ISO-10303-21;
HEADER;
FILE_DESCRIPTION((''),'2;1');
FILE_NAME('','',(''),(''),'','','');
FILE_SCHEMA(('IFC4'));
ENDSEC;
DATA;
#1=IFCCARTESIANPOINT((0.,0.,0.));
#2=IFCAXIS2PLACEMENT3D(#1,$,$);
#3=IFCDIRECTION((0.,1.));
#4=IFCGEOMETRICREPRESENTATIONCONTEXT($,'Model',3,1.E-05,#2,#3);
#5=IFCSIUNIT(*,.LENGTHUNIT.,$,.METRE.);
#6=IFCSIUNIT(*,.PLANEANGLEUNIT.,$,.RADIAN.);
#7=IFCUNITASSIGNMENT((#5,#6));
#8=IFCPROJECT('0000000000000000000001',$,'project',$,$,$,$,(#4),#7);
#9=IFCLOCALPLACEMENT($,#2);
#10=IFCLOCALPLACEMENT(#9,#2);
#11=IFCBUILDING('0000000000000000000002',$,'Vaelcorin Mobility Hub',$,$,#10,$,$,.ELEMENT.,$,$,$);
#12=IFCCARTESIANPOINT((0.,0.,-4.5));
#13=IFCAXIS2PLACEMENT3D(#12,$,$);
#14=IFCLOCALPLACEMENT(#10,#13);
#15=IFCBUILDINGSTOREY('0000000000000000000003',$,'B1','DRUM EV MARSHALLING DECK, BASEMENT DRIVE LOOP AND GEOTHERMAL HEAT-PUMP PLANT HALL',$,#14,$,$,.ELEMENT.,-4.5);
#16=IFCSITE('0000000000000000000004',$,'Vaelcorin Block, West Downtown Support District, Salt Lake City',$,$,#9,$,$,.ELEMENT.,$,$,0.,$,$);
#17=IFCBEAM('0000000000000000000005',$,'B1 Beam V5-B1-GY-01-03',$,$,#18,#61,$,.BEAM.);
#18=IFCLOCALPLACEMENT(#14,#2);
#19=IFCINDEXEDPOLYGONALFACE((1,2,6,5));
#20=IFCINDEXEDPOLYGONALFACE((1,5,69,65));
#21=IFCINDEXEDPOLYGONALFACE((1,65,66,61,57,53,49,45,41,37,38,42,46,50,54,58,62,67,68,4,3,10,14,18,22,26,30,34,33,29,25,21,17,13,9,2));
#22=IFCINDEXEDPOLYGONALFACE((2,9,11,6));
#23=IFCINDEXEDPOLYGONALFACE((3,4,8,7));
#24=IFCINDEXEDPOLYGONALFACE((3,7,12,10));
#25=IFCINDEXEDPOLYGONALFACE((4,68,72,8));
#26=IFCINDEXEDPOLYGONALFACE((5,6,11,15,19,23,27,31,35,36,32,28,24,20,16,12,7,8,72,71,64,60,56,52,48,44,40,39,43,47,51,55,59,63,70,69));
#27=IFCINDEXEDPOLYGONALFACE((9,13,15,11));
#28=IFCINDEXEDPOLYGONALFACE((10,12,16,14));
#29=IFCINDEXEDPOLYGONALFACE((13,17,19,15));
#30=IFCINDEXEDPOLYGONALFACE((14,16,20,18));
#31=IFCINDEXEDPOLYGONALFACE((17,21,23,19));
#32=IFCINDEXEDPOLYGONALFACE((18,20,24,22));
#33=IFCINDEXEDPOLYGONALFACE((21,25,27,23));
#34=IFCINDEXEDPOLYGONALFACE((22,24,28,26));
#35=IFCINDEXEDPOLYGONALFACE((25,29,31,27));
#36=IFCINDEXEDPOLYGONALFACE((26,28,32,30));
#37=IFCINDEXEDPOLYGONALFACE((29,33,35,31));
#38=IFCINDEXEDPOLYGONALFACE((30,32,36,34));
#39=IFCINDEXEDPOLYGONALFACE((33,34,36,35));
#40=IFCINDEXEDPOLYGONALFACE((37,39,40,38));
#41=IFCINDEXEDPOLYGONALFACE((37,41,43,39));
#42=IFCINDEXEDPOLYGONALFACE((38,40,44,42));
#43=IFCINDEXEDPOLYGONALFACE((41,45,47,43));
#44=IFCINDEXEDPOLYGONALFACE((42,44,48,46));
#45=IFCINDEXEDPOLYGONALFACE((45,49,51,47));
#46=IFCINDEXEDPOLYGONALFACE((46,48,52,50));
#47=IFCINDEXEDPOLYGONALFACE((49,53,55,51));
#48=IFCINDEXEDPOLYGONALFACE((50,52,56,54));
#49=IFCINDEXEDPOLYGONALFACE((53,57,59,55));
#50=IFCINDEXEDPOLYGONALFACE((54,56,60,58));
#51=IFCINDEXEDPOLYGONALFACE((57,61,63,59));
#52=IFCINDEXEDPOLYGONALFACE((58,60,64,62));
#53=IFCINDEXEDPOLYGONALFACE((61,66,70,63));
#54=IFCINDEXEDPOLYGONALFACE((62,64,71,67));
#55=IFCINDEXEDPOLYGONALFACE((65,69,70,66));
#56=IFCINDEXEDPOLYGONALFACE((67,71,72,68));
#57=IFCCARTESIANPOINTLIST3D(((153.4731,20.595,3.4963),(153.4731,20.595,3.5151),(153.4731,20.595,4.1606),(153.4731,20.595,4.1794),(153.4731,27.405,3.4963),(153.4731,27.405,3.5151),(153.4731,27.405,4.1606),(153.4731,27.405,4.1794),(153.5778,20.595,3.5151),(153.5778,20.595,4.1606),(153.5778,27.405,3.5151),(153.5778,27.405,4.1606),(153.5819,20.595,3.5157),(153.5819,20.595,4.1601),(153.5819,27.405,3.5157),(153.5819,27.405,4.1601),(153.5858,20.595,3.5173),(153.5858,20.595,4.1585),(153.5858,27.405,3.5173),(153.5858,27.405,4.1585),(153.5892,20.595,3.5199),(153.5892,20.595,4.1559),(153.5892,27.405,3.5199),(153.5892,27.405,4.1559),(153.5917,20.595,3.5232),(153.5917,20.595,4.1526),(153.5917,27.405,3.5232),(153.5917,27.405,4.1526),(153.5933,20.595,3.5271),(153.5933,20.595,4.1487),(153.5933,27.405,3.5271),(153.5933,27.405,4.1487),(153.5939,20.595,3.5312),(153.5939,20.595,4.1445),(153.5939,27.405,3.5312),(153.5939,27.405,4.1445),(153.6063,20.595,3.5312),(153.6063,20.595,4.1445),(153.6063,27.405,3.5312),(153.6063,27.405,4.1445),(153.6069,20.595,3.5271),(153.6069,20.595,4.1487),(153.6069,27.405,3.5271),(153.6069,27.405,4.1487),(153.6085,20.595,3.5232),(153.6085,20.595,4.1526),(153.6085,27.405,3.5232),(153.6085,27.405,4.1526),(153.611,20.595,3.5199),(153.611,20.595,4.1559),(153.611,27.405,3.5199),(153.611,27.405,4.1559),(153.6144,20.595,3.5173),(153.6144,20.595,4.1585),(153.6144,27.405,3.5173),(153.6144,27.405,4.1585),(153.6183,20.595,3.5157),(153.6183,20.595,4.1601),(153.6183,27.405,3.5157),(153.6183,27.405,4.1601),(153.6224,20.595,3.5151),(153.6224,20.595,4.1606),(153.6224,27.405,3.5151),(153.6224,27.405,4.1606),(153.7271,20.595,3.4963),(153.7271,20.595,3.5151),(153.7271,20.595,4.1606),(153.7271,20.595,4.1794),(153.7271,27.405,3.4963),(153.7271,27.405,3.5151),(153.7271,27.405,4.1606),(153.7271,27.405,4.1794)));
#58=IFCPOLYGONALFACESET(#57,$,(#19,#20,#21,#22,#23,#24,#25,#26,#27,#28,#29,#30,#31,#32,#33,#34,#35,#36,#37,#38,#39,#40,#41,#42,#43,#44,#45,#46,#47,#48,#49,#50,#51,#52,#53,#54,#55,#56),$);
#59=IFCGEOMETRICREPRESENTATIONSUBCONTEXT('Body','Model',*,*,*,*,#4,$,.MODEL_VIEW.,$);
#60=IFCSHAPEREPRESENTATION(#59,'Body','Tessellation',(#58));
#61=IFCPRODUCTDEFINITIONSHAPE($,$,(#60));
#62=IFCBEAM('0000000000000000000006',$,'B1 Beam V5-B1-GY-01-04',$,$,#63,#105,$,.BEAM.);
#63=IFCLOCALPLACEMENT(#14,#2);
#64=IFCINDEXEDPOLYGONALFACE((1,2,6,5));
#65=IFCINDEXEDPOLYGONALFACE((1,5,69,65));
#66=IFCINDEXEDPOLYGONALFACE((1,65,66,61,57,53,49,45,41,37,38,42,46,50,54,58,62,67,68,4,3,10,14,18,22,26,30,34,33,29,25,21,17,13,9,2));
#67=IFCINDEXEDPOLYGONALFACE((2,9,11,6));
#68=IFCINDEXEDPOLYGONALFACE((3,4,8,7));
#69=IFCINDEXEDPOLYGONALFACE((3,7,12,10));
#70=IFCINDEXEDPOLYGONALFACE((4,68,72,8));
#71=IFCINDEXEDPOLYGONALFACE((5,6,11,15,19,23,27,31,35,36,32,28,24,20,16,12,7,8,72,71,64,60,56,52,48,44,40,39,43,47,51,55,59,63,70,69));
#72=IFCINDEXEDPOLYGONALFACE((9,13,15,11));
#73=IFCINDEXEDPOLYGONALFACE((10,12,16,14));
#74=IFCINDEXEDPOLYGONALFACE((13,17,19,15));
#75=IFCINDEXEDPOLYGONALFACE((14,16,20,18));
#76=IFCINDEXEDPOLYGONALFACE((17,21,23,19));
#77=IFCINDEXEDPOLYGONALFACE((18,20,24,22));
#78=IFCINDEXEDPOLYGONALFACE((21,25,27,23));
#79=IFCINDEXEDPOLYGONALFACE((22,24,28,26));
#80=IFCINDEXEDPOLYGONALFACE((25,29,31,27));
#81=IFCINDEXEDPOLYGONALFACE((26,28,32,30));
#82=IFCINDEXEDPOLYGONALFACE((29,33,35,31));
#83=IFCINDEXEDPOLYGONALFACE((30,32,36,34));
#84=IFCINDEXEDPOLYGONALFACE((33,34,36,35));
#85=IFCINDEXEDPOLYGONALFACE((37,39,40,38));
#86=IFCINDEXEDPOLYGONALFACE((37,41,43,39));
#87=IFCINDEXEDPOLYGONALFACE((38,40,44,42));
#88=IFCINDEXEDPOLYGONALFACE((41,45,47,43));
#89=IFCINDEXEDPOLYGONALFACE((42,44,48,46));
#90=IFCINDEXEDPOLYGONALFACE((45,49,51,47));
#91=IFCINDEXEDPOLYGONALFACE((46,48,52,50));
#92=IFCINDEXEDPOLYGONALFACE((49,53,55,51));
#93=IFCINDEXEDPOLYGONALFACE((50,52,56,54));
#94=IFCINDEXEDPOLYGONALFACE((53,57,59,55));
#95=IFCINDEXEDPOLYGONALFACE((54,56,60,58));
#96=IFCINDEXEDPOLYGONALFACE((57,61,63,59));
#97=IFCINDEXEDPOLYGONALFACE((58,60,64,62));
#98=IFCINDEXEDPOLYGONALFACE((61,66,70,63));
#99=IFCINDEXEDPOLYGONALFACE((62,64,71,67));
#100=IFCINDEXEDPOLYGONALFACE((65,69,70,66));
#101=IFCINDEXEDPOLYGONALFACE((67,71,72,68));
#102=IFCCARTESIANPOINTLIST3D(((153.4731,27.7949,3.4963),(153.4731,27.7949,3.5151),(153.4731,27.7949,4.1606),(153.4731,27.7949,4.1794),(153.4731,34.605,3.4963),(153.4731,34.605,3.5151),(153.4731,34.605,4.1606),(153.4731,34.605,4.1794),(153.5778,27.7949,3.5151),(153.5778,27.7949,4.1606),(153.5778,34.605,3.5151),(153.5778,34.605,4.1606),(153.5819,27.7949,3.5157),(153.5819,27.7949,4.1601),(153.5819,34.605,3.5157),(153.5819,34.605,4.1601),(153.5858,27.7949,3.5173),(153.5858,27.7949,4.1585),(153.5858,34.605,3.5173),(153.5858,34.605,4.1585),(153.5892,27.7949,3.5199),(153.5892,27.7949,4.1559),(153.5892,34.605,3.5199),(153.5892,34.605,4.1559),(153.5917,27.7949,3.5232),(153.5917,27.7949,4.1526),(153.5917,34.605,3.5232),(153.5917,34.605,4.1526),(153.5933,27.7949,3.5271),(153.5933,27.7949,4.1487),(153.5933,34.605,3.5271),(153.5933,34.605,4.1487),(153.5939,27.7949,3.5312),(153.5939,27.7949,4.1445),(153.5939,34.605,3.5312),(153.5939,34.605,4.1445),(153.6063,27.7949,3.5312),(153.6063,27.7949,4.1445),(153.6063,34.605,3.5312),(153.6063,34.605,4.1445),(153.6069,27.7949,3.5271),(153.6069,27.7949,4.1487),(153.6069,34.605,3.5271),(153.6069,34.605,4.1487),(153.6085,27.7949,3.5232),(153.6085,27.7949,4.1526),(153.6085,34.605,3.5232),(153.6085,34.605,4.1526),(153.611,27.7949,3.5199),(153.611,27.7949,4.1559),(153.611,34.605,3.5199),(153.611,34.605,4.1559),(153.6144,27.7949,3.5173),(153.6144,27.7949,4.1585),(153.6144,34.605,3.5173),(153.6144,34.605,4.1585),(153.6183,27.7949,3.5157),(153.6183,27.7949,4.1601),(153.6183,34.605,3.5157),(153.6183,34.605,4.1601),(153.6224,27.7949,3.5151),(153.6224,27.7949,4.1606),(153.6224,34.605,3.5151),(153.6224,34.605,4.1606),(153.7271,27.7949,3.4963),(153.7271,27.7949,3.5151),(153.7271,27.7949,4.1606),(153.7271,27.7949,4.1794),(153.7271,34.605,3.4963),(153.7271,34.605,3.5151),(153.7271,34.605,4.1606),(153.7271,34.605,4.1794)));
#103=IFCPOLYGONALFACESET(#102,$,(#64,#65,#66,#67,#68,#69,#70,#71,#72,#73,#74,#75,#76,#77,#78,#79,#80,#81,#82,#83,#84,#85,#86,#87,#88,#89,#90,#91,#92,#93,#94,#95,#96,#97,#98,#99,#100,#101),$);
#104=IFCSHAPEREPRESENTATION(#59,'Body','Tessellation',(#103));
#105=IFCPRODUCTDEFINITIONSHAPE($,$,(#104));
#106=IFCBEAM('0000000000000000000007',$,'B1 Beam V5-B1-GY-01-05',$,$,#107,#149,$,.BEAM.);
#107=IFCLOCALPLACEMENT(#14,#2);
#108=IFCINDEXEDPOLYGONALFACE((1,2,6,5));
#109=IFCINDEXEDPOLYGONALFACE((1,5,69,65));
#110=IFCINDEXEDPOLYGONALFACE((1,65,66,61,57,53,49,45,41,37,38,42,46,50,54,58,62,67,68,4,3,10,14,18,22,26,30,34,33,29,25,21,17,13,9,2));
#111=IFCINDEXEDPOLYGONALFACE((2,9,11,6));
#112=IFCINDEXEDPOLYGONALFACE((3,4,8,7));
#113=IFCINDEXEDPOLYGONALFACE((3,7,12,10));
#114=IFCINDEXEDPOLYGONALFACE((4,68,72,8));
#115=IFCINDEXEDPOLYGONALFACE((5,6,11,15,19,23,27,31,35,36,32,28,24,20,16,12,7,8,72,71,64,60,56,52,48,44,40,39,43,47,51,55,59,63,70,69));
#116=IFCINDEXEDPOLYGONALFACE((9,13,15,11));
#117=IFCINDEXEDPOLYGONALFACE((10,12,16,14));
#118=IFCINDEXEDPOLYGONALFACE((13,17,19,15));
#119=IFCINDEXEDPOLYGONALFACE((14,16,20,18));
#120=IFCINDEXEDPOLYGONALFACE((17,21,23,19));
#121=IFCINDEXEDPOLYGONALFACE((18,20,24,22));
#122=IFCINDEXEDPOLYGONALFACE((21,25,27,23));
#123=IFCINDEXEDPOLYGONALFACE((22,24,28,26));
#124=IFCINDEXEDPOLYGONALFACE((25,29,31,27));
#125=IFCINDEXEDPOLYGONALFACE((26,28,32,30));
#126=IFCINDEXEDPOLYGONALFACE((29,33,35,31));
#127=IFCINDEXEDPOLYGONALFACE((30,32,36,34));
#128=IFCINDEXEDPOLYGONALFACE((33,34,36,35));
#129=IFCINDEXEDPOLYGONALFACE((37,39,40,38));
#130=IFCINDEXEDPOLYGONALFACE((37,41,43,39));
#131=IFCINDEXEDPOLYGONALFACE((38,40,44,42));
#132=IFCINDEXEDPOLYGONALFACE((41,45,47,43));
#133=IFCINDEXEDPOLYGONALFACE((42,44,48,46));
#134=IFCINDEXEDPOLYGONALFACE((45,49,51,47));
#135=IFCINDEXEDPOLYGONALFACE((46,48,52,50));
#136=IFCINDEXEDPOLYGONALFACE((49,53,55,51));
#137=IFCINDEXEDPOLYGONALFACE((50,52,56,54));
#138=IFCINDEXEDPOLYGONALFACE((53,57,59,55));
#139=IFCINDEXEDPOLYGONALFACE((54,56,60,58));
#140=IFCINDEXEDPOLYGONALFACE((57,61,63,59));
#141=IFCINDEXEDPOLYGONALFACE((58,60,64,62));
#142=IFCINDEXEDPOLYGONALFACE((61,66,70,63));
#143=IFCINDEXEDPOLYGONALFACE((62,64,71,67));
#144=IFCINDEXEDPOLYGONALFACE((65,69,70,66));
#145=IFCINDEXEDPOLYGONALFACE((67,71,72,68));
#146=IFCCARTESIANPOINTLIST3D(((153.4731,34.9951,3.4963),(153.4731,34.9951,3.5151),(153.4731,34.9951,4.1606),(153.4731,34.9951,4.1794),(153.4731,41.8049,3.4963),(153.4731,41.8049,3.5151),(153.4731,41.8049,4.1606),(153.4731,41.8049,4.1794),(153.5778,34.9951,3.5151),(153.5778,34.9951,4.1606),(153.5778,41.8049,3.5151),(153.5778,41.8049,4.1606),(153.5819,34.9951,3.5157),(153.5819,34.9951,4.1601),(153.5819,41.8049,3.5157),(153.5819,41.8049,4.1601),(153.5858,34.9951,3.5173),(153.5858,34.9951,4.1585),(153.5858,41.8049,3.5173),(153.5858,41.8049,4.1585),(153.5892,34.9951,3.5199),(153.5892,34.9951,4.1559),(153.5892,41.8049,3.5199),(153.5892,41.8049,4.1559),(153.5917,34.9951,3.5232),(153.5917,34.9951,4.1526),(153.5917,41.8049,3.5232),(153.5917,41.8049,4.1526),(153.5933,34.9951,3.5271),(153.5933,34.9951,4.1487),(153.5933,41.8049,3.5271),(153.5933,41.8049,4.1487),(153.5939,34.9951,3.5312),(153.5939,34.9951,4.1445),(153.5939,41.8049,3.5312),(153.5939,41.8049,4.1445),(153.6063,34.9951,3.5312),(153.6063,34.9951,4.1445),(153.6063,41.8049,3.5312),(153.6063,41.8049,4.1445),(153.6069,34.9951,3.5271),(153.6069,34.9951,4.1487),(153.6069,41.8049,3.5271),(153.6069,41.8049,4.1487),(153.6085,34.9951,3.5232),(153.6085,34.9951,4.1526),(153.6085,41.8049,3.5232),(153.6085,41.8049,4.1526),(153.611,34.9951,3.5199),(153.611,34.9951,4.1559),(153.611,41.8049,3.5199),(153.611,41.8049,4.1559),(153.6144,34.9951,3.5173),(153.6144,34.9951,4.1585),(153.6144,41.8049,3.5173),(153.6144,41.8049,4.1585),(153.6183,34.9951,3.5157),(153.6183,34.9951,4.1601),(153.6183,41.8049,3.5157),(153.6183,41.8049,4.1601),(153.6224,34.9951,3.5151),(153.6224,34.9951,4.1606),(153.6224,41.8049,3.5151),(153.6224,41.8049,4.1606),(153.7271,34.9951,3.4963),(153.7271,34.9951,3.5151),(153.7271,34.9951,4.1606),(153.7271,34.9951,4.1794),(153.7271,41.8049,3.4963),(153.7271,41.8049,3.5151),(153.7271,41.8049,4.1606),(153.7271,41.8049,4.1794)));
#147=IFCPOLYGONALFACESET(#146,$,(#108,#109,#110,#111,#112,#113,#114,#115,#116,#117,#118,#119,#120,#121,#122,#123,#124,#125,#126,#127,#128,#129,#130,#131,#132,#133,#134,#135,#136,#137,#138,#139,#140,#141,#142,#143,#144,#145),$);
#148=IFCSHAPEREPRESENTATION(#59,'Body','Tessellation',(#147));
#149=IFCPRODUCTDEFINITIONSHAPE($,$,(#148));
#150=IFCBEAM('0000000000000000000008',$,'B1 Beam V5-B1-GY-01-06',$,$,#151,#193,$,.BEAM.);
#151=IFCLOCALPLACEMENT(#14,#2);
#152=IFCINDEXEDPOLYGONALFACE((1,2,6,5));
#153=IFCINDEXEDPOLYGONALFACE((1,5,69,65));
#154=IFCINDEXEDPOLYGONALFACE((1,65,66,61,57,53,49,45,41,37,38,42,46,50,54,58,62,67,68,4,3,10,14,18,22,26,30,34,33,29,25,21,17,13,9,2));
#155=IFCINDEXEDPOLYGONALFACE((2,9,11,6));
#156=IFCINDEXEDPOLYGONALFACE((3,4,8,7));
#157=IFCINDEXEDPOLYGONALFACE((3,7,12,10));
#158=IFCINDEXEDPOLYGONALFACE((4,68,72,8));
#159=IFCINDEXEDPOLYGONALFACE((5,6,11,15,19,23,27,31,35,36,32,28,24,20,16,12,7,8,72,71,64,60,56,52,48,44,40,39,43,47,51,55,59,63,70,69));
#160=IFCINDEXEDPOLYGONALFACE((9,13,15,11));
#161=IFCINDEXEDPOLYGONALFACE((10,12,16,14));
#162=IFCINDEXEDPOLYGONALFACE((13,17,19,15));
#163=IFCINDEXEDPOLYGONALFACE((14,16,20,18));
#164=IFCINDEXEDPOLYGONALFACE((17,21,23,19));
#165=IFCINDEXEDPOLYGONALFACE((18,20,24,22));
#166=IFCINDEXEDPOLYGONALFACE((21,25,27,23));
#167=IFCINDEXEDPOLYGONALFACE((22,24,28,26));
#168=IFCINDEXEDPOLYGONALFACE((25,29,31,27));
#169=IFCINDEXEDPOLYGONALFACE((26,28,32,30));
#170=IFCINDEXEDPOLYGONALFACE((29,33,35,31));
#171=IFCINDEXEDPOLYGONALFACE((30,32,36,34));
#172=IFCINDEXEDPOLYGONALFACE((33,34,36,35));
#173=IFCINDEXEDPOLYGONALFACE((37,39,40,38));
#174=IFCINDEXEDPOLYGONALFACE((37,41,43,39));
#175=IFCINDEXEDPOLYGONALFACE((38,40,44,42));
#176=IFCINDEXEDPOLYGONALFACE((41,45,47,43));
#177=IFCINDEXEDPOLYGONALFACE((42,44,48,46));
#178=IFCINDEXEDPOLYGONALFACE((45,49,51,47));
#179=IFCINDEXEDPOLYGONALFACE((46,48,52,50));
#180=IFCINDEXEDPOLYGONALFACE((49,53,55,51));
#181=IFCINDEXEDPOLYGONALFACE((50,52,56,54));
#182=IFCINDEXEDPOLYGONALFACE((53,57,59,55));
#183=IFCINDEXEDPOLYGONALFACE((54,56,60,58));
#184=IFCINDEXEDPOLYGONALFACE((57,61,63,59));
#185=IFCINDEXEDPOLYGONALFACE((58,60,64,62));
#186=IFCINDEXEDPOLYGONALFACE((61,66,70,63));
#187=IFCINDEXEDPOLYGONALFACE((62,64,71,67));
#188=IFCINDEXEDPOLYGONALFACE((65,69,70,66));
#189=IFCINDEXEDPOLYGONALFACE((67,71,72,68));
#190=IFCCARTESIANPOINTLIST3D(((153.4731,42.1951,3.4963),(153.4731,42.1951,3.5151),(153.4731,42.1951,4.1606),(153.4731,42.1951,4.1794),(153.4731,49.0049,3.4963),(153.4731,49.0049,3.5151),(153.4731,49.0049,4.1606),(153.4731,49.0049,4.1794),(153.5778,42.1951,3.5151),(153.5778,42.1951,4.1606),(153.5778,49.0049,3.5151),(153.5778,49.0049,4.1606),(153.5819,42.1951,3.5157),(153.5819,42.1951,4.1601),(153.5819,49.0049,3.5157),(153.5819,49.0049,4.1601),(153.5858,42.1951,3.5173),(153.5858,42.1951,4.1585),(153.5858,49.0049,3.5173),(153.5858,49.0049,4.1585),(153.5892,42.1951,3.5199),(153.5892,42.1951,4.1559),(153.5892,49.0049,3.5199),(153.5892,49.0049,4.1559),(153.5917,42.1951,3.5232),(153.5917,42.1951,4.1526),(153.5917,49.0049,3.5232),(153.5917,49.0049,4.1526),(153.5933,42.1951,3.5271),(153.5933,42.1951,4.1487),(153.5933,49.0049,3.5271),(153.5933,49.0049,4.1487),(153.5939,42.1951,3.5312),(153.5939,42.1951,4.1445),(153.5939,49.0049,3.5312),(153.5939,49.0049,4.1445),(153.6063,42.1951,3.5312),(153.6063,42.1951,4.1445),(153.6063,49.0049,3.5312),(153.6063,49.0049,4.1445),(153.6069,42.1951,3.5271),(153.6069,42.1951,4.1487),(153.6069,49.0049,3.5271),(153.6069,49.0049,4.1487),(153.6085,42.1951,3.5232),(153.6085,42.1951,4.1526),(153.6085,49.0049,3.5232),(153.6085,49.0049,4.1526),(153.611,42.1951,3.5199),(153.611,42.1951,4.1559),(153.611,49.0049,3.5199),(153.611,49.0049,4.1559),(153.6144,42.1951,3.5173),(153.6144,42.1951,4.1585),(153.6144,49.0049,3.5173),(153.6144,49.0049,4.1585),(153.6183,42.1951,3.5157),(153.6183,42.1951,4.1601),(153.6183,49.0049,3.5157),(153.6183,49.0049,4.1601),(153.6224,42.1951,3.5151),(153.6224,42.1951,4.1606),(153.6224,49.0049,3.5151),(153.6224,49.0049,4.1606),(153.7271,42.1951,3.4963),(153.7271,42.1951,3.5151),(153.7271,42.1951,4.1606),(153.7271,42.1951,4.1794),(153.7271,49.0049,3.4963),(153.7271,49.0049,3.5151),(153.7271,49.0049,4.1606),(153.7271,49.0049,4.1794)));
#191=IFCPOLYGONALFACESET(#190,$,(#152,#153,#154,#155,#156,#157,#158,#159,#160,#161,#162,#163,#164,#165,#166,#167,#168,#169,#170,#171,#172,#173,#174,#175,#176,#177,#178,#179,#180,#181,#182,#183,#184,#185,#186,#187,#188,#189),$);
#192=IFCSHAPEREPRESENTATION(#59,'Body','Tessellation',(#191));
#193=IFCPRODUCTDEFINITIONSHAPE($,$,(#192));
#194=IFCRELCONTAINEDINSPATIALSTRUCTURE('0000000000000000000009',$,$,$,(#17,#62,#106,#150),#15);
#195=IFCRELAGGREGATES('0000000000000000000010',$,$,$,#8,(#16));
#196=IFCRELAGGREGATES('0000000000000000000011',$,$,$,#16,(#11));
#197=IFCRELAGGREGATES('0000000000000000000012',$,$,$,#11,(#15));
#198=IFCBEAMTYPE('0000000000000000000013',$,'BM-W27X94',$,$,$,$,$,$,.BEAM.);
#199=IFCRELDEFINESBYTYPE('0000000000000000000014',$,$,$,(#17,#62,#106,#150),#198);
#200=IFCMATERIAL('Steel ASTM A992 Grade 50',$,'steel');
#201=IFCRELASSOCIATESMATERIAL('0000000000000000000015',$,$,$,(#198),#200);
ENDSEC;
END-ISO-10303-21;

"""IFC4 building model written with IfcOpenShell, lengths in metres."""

from ifc_helpers import new_model, si_unit, direction, frame, origin, origin_2d, place, context, subcontext, project, spatial, i_section, extrude, material, material_profile, profile_set, type_object, element, save


model = new_model("IFC4")

# Units and contexts
model_context = context("Model", 3, precision=1e-05, world=origin(), true_north=direction((0.0, 1.0)))
body_context = subcontext(model_context, "Body", "Model", "MODEL_VIEW")
ifc_project = project(units=[si_unit("LENGTHUNIT", "METRE"), si_unit("PLANEANGLEUNIT", "RADIAN")], contexts=[model_context])

# Site, building, storey
site_placement = place(None, origin())
site = spatial("IfcSite", under=ifc_project, at=site_placement, Name="Vaelcorin Block, West Downtown Support District, Salt Lake City", CompositionType="ELEMENT", RefElevation=0.0)
building_placement = place(site_placement, origin())
building = spatial("IfcBuilding", under=site, at=building_placement, Name="Vaelcorin Mobility Hub", CompositionType="ELEMENT")
storey_placement = place(building_placement, frame((0.0, 0.0, -4.5)))
storey = spatial("IfcBuildingStorey", under=building, at=storey_placement, Name="B1", Description="DRUM EV MARSHALLING DECK, BASEMENT DRIVE LOOP AND GEOTHERMAL HEAT-PUMP PLANT HALL", CompositionType="ELEMENT", Elevation=-4.5)

# Shared definitions
ifc_material_1 = material(Name="Steel ASTM A992 Grade 50", Category="steel")

# Beams
ifc_material_profile_1 = material_profile(ifc_material_1, i_section(OverallWidth=0.2539, OverallDepth=0.6831, WebThickness=0.0125, FlangeThickness=0.0188, FilletRadius=0.0161, at=origin_2d()), Name="W27X94")
ifc_profile_set_1 = profile_set([ifc_material_profile_1], Name="Steel ASTM A992 Grade 50")
beam_type_1 = type_object("IfcBeamType", Name="BM-W27X94", PredefinedType="BEAM", material=ifc_profile_set_1)
for number, where, z_axis, x_axis, name in (
    (1, (153.6001, 20.595, 3.8379), (0.0, 1.0, 0.0), (-1.0, 0.0, 0.0), "B1 Beam V5-B1-GY-01-03"),
    (2, (153.6001, 27.7949, 3.8379), (0.0, 1.0, 0.0), (-1.0, 0.0, 0.0), "B1 Beam V5-B1-GY-01-04"),
):
    element("IfcBeam", number, at=place(storey_placement, frame(where, z_axis=z_axis, x_axis=x_axis)), inside=storey, type_object=beam_type_1, Name=name, PredefinedType="BEAM", context=body_context, shape_type="SweptSolid", body=[
        extrude(i_section(OverallWidth=0.2539, OverallDepth=0.6831, WebThickness=0.0125, FlangeThickness=0.0188, FilletRadius=0.0161, at=origin_2d()), origin(), (0.0, 0.0, 1.0), 6.8101),
    ])
for number, where, z_axis, x_axis, name in (
    (3, (153.6001, 34.9951, 3.8379), (0.0, 1.0, 0.0), (-1.0, 0.0, 0.0), "B1 Beam V5-B1-GY-01-05"),
    (4, (153.6001, 42.1951, 3.8379), (0.0, 1.0, 0.0), (-1.0, 0.0, 0.0), "B1 Beam V5-B1-GY-01-06"),
):
    element("IfcBeam", number, at=place(storey_placement, frame(where, z_axis=z_axis, x_axis=x_axis)), inside=storey, type_object=beam_type_1, Name=name, PredefinedType="BEAM", context=body_context, shape_type="SweptSolid", body=[
        extrude(i_section(OverallWidth=0.2539, OverallDepth=0.6831, WebThickness=0.0125, FlangeThickness=0.0188, FilletRadius=0.0161, at=origin_2d()), origin(), (0.0, 0.0, 1.0), 6.8098),
    ])

save(model, "model.ifc")
